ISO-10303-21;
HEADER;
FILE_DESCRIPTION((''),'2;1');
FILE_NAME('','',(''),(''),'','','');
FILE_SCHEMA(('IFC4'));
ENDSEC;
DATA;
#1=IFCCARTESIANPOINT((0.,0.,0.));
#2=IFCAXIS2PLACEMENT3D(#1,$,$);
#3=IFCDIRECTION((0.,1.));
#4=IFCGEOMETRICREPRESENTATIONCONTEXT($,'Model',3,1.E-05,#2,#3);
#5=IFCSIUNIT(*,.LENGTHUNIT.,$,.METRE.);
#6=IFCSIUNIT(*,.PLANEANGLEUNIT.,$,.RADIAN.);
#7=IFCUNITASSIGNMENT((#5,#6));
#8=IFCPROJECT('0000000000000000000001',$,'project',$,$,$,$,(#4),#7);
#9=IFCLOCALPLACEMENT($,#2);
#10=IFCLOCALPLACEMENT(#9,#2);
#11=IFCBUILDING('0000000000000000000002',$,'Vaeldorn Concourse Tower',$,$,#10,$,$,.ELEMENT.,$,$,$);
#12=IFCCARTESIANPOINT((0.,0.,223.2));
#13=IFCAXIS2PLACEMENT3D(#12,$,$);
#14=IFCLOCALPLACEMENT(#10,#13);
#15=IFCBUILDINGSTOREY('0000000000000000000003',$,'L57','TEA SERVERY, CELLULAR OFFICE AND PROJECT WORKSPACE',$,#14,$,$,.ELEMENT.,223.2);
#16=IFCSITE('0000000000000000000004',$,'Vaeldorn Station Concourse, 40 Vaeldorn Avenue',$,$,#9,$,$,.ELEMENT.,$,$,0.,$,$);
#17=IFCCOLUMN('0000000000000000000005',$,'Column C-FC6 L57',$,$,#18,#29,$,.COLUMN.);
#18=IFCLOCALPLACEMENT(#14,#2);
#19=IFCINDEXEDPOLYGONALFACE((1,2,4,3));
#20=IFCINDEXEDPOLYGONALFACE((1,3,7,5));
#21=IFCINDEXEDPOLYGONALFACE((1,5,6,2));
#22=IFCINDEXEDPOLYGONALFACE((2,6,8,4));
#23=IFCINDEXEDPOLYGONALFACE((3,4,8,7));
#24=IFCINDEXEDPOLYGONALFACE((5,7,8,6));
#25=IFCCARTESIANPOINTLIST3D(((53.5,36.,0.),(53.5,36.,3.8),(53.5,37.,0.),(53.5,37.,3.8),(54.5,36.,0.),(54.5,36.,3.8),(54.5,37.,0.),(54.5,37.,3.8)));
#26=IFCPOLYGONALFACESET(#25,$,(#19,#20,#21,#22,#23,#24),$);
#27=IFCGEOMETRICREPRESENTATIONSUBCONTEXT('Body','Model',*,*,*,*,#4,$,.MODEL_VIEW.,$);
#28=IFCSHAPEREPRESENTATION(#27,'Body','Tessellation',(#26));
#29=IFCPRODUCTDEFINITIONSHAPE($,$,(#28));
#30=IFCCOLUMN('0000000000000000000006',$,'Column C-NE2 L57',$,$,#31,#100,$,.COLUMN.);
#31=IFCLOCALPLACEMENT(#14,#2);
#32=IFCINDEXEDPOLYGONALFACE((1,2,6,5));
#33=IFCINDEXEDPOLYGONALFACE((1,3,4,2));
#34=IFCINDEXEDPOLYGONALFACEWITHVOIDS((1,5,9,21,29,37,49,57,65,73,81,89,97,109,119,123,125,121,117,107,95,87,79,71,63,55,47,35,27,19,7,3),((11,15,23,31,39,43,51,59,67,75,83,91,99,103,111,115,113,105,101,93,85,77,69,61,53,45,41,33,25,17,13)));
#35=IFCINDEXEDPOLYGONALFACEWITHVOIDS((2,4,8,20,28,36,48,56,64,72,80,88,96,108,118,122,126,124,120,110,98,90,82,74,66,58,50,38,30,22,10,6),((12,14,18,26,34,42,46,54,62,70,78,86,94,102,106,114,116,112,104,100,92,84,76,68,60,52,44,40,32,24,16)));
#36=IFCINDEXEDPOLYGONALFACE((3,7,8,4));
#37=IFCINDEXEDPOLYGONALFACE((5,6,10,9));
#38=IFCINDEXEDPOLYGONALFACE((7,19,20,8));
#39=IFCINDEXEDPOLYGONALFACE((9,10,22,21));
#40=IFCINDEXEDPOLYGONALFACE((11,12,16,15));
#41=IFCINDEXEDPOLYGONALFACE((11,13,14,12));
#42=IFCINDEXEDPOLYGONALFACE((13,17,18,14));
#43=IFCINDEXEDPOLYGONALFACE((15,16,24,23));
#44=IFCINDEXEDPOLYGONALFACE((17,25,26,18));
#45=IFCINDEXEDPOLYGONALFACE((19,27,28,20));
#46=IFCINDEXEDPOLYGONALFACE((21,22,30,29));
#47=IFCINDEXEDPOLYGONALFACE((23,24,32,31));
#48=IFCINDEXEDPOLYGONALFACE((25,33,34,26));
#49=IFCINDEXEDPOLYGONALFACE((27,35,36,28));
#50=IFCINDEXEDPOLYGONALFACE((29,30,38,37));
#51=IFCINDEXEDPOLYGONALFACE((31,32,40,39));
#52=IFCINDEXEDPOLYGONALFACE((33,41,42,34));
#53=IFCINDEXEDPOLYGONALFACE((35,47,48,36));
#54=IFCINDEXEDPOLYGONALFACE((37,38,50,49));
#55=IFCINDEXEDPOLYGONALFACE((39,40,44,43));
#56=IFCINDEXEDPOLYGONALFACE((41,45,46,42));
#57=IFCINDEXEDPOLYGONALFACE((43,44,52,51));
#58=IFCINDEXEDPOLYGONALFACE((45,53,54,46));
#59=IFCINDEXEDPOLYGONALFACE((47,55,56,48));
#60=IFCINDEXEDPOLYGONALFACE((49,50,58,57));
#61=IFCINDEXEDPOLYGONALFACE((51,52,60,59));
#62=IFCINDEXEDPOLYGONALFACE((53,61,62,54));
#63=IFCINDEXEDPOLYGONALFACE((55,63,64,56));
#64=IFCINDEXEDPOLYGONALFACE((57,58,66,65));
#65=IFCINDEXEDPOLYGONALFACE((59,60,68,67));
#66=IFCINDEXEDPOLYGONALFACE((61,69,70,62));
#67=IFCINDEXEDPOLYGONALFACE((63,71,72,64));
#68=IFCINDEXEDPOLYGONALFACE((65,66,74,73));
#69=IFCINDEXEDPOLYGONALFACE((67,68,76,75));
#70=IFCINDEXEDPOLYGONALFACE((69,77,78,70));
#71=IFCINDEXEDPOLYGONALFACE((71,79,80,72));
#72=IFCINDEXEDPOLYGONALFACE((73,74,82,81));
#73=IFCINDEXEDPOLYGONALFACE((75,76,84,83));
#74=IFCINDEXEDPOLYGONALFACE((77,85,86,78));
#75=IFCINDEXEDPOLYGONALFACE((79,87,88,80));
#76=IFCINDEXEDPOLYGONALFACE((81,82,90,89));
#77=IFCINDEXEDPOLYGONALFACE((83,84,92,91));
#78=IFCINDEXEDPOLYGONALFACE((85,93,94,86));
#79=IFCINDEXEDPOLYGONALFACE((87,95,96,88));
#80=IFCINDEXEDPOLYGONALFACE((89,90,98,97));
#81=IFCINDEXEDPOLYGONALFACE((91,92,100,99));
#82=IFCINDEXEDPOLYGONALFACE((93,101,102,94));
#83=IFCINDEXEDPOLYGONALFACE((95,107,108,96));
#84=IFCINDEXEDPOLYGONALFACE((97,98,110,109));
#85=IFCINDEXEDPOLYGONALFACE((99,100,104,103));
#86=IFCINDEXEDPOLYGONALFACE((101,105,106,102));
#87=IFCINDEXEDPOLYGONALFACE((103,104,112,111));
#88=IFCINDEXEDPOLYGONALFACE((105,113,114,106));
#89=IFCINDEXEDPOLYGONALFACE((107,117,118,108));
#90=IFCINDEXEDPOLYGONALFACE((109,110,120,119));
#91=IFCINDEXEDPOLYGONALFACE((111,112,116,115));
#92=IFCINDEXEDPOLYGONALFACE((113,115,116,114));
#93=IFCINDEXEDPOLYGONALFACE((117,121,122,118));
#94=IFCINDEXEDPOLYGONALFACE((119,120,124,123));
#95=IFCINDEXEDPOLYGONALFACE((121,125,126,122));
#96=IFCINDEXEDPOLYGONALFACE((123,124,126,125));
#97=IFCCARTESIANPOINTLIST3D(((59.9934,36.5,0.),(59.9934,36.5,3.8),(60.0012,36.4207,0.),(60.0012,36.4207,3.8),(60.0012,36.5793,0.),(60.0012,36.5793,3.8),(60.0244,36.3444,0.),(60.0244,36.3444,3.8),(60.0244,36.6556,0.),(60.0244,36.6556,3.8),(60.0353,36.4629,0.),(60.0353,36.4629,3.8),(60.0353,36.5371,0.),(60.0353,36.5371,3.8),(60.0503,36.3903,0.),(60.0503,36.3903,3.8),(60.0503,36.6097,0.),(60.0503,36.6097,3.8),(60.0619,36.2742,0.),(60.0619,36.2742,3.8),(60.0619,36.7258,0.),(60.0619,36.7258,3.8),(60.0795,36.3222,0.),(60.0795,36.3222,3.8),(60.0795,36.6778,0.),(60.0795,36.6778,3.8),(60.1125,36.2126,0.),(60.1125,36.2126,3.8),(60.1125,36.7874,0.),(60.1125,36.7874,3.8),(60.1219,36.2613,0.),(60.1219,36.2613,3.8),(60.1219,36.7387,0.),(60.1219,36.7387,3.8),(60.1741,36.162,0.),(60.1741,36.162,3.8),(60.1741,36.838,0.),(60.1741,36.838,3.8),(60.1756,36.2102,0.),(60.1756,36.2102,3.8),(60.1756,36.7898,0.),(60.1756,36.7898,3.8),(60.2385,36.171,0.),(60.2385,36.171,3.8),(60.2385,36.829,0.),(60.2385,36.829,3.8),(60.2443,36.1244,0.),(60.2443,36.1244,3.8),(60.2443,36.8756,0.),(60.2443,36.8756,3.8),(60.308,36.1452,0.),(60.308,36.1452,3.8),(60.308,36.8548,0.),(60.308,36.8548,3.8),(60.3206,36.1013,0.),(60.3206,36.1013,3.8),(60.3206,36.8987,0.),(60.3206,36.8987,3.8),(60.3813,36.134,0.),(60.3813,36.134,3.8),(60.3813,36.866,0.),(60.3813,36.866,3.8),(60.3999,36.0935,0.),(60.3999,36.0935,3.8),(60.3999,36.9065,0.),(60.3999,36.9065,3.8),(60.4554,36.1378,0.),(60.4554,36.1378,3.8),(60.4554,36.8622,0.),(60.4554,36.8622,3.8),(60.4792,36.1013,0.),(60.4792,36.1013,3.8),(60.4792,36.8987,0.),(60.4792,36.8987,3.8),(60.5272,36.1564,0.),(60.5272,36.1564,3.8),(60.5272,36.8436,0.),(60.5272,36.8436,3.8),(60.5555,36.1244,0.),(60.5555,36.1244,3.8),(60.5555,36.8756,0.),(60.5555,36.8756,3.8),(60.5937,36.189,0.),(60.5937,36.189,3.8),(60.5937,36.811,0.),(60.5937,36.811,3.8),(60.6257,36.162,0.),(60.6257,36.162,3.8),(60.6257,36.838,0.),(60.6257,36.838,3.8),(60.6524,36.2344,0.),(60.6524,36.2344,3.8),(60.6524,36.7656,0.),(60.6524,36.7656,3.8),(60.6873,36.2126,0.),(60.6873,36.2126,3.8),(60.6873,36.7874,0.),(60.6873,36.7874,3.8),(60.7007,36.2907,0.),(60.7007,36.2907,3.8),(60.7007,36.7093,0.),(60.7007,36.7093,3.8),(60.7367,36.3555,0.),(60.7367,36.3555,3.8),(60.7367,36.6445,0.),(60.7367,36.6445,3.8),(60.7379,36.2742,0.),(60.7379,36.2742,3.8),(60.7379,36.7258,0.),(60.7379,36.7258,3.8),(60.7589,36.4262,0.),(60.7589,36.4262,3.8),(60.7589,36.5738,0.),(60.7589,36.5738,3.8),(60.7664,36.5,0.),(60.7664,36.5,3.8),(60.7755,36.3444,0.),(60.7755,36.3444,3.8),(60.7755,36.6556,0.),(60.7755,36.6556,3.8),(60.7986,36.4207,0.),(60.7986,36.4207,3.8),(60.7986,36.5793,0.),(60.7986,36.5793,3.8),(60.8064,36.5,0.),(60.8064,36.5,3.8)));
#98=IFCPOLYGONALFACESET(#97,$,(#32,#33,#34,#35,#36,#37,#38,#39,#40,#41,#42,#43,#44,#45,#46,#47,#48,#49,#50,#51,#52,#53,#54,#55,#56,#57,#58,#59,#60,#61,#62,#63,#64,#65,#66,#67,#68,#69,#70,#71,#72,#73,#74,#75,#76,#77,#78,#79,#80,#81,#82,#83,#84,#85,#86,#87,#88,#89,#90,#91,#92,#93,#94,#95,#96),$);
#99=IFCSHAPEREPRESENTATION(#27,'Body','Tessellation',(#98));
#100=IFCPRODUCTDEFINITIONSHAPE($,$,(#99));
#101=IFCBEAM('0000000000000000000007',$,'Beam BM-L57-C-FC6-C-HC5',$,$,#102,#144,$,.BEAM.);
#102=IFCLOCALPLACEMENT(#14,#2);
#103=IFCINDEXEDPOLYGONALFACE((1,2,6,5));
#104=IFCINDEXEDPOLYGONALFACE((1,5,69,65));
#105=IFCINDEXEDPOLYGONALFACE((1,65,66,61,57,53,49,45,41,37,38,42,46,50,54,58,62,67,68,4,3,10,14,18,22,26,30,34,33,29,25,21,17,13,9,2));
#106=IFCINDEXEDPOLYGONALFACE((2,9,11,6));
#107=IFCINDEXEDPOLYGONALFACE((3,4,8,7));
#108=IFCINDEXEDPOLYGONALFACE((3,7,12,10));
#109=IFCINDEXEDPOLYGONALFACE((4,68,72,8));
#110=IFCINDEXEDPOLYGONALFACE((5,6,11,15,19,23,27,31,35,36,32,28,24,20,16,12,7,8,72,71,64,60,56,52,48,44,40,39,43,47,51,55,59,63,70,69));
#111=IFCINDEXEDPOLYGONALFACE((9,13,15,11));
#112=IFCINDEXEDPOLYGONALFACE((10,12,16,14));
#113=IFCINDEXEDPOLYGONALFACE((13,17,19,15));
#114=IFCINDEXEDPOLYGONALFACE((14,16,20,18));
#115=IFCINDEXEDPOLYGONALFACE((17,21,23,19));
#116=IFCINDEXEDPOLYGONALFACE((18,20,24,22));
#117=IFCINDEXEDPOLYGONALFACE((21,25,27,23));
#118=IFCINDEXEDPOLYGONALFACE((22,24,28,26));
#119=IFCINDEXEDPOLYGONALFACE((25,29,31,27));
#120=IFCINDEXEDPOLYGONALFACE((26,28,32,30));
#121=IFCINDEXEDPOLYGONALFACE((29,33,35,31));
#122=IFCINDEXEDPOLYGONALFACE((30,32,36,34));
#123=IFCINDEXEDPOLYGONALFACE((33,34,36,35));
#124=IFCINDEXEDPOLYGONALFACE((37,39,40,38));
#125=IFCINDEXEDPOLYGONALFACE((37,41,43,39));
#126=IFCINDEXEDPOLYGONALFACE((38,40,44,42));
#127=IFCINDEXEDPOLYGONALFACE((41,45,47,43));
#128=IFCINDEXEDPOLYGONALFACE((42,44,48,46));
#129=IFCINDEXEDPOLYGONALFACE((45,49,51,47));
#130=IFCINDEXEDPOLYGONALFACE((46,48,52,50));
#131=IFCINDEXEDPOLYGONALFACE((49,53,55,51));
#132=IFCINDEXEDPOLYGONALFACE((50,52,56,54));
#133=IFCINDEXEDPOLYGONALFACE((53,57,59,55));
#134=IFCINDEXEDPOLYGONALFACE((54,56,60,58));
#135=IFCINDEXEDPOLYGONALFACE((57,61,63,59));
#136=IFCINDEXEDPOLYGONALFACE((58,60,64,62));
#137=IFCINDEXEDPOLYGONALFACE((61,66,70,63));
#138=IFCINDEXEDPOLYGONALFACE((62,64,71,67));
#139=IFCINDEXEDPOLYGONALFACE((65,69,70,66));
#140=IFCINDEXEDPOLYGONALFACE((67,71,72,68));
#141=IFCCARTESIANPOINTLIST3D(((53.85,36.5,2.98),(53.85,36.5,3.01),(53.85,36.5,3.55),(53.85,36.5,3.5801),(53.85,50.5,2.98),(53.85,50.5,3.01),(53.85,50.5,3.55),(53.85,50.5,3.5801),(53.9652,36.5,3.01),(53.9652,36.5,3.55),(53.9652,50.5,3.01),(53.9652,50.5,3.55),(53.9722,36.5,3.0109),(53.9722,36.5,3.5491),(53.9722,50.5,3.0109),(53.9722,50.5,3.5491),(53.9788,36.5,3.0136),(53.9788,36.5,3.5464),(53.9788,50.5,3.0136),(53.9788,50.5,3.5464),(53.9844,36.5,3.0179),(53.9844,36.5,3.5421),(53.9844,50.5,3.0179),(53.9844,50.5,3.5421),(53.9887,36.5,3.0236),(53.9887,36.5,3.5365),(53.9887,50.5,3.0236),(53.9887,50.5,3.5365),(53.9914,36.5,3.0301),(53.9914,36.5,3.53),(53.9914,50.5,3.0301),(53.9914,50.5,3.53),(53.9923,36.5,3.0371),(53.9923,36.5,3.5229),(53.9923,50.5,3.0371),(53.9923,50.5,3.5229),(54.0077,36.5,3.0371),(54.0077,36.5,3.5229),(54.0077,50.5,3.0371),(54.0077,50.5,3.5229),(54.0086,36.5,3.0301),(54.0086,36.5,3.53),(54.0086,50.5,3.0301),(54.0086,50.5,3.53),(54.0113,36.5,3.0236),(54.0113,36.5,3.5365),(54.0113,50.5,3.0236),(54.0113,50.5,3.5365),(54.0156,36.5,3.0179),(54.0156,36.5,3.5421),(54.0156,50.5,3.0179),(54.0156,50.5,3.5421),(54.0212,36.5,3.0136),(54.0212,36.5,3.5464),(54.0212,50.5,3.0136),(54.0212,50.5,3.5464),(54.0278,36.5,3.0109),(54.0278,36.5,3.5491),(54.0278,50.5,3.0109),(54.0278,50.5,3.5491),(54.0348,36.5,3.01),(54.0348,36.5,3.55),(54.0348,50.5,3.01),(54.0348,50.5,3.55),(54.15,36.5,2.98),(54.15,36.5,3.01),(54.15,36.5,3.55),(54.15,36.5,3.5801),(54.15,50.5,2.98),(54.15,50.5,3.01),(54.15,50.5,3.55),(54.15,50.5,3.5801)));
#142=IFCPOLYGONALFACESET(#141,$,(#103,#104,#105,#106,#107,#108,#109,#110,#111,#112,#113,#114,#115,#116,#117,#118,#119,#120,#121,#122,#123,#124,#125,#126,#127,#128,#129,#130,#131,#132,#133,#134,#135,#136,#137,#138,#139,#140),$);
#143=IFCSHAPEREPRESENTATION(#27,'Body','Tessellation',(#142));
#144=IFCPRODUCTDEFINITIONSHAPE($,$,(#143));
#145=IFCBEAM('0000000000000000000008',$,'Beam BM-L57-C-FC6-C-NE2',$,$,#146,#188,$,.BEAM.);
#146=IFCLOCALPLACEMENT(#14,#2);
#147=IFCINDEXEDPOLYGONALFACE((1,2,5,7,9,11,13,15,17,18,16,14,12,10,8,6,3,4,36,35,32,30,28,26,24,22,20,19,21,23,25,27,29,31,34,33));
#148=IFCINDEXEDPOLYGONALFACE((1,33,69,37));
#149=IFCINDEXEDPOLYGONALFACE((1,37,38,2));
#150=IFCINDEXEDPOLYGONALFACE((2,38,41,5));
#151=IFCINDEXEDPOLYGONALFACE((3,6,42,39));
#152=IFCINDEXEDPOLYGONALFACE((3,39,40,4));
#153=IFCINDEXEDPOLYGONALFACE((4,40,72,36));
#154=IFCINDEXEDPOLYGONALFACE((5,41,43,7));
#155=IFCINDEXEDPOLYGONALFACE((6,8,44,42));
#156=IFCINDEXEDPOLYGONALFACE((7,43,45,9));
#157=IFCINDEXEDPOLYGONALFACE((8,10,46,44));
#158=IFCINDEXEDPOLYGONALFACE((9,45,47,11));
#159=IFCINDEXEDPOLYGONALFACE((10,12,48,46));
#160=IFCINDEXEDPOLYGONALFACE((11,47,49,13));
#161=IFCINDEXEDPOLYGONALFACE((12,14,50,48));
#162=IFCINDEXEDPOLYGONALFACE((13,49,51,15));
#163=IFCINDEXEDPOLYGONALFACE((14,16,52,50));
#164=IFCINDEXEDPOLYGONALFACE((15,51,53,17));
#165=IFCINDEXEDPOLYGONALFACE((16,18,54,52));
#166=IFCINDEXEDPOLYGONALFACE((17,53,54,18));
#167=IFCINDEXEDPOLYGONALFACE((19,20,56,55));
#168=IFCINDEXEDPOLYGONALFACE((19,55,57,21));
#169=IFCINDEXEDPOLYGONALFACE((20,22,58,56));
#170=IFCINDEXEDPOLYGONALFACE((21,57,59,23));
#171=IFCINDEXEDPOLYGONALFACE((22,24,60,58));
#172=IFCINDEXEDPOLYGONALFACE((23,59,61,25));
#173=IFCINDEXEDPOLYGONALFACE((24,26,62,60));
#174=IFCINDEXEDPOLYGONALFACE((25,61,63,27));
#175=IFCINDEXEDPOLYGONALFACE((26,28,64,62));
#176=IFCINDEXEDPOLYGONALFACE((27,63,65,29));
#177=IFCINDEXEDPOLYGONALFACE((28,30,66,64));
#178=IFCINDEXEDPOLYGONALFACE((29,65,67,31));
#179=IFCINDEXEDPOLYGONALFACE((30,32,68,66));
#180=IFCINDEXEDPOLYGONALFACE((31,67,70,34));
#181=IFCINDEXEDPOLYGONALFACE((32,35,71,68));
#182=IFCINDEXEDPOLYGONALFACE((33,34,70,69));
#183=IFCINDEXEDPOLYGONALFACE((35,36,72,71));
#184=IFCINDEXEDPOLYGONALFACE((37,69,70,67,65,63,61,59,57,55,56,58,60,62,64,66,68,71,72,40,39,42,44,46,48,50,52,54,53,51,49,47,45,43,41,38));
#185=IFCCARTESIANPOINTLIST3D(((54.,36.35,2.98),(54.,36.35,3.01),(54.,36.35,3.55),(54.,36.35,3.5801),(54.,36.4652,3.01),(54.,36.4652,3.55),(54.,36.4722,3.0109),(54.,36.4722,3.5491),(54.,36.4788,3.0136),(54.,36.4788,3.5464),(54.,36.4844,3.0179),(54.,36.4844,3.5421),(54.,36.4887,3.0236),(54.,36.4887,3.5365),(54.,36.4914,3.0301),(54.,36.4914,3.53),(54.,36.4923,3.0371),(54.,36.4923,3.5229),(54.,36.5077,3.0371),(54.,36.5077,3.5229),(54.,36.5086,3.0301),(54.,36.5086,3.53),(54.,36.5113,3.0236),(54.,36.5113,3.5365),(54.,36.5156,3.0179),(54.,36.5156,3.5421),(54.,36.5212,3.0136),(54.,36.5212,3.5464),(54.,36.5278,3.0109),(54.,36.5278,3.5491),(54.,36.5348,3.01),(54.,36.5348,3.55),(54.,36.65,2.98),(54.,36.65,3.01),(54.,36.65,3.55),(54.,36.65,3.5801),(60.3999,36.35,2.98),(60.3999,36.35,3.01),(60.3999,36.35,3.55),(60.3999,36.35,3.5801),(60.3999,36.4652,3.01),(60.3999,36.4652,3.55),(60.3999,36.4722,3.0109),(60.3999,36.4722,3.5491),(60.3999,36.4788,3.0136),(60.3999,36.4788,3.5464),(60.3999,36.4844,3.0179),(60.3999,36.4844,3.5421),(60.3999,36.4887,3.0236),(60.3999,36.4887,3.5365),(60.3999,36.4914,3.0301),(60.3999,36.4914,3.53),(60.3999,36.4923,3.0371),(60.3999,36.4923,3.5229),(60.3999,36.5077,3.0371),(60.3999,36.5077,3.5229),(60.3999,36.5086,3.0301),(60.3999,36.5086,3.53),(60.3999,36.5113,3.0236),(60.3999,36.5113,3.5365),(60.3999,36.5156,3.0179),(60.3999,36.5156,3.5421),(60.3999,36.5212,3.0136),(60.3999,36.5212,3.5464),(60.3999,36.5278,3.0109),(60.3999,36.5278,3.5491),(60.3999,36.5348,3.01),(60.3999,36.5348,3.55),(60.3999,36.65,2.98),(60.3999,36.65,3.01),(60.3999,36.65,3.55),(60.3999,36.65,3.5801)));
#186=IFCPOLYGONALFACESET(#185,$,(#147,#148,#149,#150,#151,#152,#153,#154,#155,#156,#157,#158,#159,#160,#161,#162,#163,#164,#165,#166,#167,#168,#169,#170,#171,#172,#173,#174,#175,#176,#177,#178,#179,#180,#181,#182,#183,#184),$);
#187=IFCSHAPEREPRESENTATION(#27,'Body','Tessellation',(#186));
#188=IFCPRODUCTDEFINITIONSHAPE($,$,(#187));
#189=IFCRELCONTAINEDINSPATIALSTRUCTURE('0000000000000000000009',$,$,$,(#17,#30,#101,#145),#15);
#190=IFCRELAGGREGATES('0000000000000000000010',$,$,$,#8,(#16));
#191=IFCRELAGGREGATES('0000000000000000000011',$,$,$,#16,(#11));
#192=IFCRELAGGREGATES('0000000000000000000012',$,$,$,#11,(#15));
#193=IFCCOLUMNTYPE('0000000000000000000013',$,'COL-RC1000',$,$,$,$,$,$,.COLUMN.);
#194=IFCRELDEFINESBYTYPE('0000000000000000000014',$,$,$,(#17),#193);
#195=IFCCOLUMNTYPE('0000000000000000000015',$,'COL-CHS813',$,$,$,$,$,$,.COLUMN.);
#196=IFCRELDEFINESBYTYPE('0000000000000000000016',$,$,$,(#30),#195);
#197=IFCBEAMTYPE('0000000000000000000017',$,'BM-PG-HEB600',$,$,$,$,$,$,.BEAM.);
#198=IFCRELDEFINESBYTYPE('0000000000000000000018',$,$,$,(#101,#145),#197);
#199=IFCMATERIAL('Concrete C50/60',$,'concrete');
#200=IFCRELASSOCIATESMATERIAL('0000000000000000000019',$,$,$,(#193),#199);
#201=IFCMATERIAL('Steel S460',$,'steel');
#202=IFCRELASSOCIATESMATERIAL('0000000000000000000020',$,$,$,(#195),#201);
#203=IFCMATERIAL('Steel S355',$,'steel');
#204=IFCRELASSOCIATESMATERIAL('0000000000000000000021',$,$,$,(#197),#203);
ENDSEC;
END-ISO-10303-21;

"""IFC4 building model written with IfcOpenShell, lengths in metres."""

from ifc_helpers import new_model, si_unit, direction, frame, origin, origin_2d, place, context, subcontext, project, spatial, rectangle, hollow_circle, i_section, extrude, source, transform, mapped, material, material_profile, profile_set, type_object, element, save


model = new_model("IFC4")

# Units and contexts
model_context = context("Model", 3, precision=1e-05, world=origin(), true_north=direction((0.0, 1.0)))
body_context = subcontext(model_context, "Body", "Model", "MODEL_VIEW")
ifc_project = project(units=[si_unit("LENGTHUNIT", "METRE"), si_unit("PLANEANGLEUNIT", "RADIAN")], contexts=[model_context])

# Site, building, storey
site_placement = place(None, origin())
site = spatial("IfcSite", under=ifc_project, at=site_placement, Name="Vaeldorn Station Concourse, 40 Vaeldorn Avenue", CompositionType="ELEMENT", RefElevation=0.0)
building_placement = place(site_placement, origin())
building = spatial("IfcBuilding", under=site, at=building_placement, Name="Vaeldorn Concourse Tower", CompositionType="ELEMENT")
storey_placement = place(building_placement, frame((0.0, 0.0, 223.2)))
storey = spatial("IfcBuildingStorey", under=building, at=storey_placement, Name="L57", Description="TEA SERVERY, CELLULAR OFFICE AND PROJECT WORKSPACE", CompositionType="ELEMENT", Elevation=223.2)

# Columns
ifc_material_1 = material(Name="Concrete C50/60", Category="concrete")
ifc_material_profile_1 = material_profile(ifc_material_1, rectangle(XDim=1.0, YDim=1.0, at=origin_2d()), Name="RC 1000x1000")
ifc_profile_set_1 = profile_set([ifc_material_profile_1], Name="Concrete C50/60")
column_type_1 = type_object("IfcColumnType", Name="COL-RC1000", PredefinedType="COLUMN", material=ifc_profile_set_1)
shared_shape_1 = source(origin(), body_context, "Body", "SweptSolid", [
    extrude(rectangle(XDim=1.0, YDim=1.0, at=origin_2d()), origin(), (0.0, 0.0, 1.0), 3.8),
])
column_1_placement = place(storey_placement, frame((54.0, 36.5, 0.0), z_axis=(0.0, 0.0, 1.0), x_axis=(1.0, 0.0, 0.0)))
element("IfcColumn", 1, at=column_1_placement, inside=storey, type_object=column_type_1, Name="Column C-FC6 L57", PredefinedType="COLUMN", context=body_context, shape_type="MappedRepresentation", body=[
    mapped(shared_shape_1, transform((0.0, 0.0, 0.0), scale=1.0)),
])
ifc_material_2 = material(Name="Steel S460", Category="steel")
ifc_material_profile_2 = material_profile(ifc_material_2, hollow_circle(Radius=0.4065, WallThickness=0.04, at=origin_2d()), Name="CHS 813x40")
ifc_profile_set_2 = profile_set([ifc_material_profile_2], Name="Steel S460")
column_type_2 = type_object("IfcColumnType", Name="COL-CHS813", PredefinedType="COLUMN", material=ifc_profile_set_2)
shared_shape_2 = source(origin(), body_context, "Body", "SweptSolid", [
    extrude(hollow_circle(Radius=0.4065, WallThickness=0.04, at=origin_2d()), origin(), (0.0, 0.0, 1.0), 3.8),
])
column_2_placement = place(storey_placement, frame((60.3999, 36.5, 0.0), z_axis=(0.0, 0.0, 1.0), x_axis=(1.0, 0.0, 0.0)))
element("IfcColumn", 2, at=column_2_placement, inside=storey, type_object=column_type_2, Name="Column C-NE2 L57", PredefinedType="COLUMN", context=body_context, shape_type="MappedRepresentation", body=[
    mapped(shared_shape_2, transform((0.0, 0.0, 0.0), scale=1.0)),
])

# Beams
ifc_material_3 = material(Name="Steel S355", Category="steel")
ifc_material_profile_3 = material_profile(ifc_material_3, i_section(OverallWidth=0.3, OverallDepth=0.6001, WebThickness=0.0154, FlangeThickness=0.03, FilletRadius=0.0271, at=origin_2d()), Name="HEB 600")
ifc_profile_set_3 = profile_set([ifc_material_profile_3], Name="Steel S355")
beam_type_1 = type_object("IfcBeamType", Name="BM-PG-HEB600", PredefinedType="BEAM", material=ifc_profile_set_3)
shared_shape_3 = source(origin(), body_context, "Body", "SweptSolid", [
    extrude(i_section(OverallWidth=0.3, OverallDepth=0.6001, WebThickness=0.0154, FlangeThickness=0.03, FilletRadius=0.0271, at=origin_2d()), origin(), (0.0, 0.0, 1.0), 14.0),
])
beam_1_placement = place(storey_placement, frame((54.0, 36.5, 3.28), z_axis=(0.0, 1.0, 0.0), x_axis=(-1.0, 0.0, 0.0)))
element("IfcBeam", 3, at=beam_1_placement, inside=storey, type_object=beam_type_1, Name="Beam BM-L57-C-FC6-C-HC5", PredefinedType="BEAM", context=body_context, shape_type="MappedRepresentation", body=[
    mapped(shared_shape_3, transform((0.0, 0.0, 0.0), scale=1.0)),
])
shared_shape_4 = source(origin(), body_context, "Body", "SweptSolid", [
    extrude(i_section(OverallWidth=0.3, OverallDepth=0.6001, WebThickness=0.0154, FlangeThickness=0.03, FilletRadius=0.0271, at=origin_2d()), origin(), (0.0, 0.0, 1.0), 6.3999),
])
beam_2_placement = place(storey_placement, frame((54.0, 36.5, 3.28), z_axis=(1.0, 0.0, 0.0), x_axis=(0.0, 1.0, 0.0)))
element("IfcBeam", 4, at=beam_2_placement, inside=storey, type_object=beam_type_1, Name="Beam BM-L57-C-FC6-C-NE2", PredefinedType="BEAM", context=body_context, shape_type="MappedRepresentation", body=[
    mapped(shared_shape_4, transform((0.0, 0.0, 0.0), scale=1.0)),
])

save(model, "model.ifc")
